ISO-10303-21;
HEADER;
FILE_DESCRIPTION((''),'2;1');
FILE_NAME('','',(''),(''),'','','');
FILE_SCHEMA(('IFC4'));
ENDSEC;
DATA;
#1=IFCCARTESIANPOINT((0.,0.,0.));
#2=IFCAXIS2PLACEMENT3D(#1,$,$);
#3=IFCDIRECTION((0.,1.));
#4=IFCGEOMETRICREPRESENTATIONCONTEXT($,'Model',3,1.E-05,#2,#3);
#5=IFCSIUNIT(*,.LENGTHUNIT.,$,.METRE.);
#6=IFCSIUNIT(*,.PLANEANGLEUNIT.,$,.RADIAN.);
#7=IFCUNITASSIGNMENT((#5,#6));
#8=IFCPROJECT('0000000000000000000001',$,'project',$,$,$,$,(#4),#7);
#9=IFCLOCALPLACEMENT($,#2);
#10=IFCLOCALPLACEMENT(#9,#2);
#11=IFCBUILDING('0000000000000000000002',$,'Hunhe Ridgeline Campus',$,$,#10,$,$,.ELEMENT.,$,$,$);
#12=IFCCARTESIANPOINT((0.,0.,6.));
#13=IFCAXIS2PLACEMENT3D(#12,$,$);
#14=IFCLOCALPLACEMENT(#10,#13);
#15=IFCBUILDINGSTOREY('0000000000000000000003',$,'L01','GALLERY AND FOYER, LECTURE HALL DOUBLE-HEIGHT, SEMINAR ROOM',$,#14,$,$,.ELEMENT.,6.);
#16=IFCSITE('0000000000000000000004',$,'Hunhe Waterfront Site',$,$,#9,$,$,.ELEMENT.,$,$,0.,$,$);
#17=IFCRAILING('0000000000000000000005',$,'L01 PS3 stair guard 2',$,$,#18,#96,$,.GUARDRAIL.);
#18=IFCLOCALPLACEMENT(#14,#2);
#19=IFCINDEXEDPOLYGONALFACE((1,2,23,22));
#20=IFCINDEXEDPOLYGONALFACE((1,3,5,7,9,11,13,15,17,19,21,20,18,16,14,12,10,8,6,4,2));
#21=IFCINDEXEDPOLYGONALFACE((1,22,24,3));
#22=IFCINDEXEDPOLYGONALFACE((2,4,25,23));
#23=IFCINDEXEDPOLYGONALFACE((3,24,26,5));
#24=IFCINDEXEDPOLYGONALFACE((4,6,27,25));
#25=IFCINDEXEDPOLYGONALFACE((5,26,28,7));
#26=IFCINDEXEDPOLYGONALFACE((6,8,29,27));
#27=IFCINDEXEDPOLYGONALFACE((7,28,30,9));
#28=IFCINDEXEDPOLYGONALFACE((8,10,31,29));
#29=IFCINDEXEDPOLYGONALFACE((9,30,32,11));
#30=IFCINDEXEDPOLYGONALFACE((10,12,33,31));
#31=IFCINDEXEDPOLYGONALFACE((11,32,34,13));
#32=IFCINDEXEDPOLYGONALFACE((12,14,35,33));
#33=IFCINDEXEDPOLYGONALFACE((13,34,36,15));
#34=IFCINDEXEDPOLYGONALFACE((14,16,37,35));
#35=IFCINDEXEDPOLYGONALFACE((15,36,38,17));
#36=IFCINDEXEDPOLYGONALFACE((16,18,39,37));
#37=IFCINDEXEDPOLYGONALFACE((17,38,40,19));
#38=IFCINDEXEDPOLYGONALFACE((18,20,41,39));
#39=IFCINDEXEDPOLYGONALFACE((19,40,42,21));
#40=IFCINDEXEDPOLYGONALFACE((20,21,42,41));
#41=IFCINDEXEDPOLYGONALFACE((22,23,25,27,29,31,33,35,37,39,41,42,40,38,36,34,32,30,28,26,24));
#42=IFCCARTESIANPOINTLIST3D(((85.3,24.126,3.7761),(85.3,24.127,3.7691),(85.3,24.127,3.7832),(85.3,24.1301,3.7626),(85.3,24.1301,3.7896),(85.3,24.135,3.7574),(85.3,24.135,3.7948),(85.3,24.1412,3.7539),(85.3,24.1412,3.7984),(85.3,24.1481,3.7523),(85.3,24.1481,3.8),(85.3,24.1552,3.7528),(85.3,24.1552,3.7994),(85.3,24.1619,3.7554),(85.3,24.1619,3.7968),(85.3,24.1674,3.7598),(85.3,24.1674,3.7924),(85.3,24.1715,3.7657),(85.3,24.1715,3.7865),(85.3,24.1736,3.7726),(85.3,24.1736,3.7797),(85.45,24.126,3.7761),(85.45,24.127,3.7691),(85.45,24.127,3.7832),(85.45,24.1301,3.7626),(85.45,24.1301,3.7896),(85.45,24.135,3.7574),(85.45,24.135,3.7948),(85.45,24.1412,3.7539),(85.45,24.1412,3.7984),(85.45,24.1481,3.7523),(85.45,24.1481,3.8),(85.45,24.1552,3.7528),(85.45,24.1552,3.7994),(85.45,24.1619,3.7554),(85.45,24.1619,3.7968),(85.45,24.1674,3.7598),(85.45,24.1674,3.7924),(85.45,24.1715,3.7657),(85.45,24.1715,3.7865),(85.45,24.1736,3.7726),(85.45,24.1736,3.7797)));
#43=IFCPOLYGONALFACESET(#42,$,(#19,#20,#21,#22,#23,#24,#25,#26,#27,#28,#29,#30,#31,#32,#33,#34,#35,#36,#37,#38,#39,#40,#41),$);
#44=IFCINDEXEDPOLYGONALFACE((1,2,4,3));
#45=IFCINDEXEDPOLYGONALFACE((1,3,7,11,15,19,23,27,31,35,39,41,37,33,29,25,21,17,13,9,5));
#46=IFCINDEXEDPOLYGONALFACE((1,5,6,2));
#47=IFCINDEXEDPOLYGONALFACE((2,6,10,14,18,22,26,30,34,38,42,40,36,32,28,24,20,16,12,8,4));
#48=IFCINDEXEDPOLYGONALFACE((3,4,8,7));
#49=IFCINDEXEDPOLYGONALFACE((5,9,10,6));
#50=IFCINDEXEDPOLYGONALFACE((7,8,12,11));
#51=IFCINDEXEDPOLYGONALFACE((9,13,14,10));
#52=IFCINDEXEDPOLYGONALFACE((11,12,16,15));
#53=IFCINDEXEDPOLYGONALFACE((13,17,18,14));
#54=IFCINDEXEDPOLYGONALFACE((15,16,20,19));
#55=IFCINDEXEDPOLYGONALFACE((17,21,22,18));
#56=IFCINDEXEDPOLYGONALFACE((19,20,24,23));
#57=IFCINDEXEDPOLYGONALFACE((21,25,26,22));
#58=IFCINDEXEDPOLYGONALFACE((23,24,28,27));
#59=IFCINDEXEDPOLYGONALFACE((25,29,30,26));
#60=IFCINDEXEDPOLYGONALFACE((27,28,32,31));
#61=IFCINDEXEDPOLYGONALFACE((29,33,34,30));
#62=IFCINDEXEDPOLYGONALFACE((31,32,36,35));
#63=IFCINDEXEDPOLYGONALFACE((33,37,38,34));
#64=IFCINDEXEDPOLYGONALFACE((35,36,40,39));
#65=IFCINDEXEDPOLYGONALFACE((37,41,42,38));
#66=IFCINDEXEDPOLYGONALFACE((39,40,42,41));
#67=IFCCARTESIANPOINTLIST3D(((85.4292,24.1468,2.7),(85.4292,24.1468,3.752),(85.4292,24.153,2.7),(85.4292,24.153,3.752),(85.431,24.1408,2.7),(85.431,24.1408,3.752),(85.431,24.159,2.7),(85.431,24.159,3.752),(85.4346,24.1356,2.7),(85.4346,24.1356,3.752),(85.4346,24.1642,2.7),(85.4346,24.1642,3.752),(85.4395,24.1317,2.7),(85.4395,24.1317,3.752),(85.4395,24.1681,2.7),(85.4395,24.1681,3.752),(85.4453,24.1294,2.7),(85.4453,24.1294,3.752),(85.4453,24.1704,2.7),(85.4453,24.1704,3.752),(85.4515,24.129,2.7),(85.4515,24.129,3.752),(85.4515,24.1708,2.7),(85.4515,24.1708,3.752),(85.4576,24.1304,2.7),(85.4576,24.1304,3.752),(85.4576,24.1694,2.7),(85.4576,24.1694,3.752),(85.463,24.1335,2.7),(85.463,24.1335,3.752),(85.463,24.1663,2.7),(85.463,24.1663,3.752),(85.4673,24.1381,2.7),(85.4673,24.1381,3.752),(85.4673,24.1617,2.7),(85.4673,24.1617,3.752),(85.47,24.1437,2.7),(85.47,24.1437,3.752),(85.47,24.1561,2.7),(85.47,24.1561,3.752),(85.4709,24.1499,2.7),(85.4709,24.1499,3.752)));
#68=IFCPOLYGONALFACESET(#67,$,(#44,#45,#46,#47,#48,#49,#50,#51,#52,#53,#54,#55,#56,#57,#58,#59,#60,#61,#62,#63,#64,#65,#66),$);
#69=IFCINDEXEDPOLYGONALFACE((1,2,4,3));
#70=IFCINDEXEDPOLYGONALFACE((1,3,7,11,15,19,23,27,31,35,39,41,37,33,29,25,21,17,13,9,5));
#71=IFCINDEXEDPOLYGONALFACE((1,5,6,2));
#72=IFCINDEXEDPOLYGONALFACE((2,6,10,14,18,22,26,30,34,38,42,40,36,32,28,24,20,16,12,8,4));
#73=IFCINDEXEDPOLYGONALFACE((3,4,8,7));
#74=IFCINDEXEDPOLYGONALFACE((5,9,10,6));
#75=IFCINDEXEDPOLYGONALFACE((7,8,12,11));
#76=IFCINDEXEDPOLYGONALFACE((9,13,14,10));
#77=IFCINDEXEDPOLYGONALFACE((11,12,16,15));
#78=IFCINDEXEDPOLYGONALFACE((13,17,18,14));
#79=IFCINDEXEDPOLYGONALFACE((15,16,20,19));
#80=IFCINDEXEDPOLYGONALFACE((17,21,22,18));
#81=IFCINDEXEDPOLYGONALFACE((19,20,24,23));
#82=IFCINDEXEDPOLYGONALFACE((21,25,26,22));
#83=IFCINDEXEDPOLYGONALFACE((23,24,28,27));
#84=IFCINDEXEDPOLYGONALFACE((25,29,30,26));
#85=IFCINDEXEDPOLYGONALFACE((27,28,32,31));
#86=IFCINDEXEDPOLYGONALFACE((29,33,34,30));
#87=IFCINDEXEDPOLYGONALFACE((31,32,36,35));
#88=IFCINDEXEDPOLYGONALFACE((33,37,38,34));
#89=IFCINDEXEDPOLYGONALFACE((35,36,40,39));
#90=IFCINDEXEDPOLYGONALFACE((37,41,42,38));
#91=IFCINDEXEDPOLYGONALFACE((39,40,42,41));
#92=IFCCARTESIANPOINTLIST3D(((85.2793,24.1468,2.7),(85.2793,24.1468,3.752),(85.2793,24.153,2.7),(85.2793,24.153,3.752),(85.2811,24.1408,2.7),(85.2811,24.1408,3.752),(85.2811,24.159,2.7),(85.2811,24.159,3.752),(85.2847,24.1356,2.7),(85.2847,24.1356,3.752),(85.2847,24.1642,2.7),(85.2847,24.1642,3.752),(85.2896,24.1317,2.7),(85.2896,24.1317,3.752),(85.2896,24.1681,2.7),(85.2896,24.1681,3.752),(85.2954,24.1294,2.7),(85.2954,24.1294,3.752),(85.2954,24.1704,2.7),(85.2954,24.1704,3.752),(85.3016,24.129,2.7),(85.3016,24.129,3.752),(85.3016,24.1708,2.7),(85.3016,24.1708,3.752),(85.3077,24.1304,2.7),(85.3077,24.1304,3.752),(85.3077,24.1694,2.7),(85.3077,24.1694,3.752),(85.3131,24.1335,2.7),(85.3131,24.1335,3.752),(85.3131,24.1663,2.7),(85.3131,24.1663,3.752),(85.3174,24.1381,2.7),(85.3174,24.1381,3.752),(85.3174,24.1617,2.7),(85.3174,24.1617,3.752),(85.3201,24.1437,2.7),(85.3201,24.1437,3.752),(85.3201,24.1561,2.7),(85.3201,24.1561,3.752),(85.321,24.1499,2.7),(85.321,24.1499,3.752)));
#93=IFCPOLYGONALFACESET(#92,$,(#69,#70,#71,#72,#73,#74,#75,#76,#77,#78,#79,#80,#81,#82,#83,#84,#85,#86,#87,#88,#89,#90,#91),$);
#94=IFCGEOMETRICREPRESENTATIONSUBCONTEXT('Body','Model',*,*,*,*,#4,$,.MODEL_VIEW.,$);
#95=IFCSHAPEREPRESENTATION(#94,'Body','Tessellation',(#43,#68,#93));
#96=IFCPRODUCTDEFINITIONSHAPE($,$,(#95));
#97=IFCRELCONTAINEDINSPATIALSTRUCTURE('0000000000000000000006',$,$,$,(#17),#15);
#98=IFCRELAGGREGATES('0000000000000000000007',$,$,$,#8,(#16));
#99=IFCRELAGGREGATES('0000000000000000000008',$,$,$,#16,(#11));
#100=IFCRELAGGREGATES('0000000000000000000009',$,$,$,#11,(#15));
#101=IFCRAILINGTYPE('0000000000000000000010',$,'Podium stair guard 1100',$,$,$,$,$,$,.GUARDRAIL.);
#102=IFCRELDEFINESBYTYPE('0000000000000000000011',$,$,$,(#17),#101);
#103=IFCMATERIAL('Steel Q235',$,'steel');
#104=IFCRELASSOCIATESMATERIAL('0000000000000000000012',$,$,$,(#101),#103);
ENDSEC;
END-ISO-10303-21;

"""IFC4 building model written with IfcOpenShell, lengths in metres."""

from ifc_helpers import new_model, si_unit, direction, frame, origin, origin_2d, place, context, subcontext, project, spatial, circle, extrude, material, type_object, element, save


model = new_model("IFC4")

# Units and contexts
model_context = context("Model", 3, precision=1e-05, world=origin(), true_north=direction((0.0, 1.0)))
body_context = subcontext(model_context, "Body", "Model", "MODEL_VIEW")
ifc_project = project(units=[si_unit("LENGTHUNIT", "METRE"), si_unit("PLANEANGLEUNIT", "RADIAN")], contexts=[model_context])

# Site, building, storey
site_placement = place(None, origin())
site = spatial("IfcSite", under=ifc_project, at=site_placement, Name="Hunhe Waterfront Site", CompositionType="ELEMENT", RefElevation=0.0)
building_placement = place(site_placement, origin())
building = spatial("IfcBuilding", under=site, at=building_placement, Name="Hunhe Ridgeline Campus", CompositionType="ELEMENT")
storey_placement = place(building_placement, frame((0.0, 0.0, 6.0)))
storey = spatial("IfcBuildingStorey", under=building, at=storey_placement, Name="L01", Description="GALLERY AND FOYER, LECTURE HALL DOUBLE-HEIGHT, SEMINAR ROOM", CompositionType="ELEMENT", Elevation=6.0)

# Shared definitions
ifc_material_1 = material(Name="Steel Q235", Category="steel")

# Railing
railing_type_1 = type_object("IfcRailingType", Name="Podium stair guard 1100", PredefinedType="GUARDRAIL", material=ifc_material_1)
railing_1_placement = place(storey_placement, frame((85.45, 24.1499, 2.7)))
element("IfcRailing", 1, at=railing_1_placement, inside=storey, type_object=railing_type_1, Name="L01 PS3 stair guard 2", PredefinedType="GUARDRAIL", context=body_context, shape_type="SweptSolid", body=[
    extrude(circle(Radius=0.0239, at=origin_2d()), frame((0.0, 0.0, 1.0762), z_axis=(-1.0, 0.0, 0.0), x_axis=(0.0, -1.0, 0.0)), (0.0, 0.0, 1.0), 0.1499),
    extrude(circle(Radius=0.021, at=origin_2d()), origin(), (0.0, 0.0, 1.0), 1.052),
    extrude(circle(Radius=0.021, at=origin_2d()), frame((-0.1499, 0.0, 0.0)), (0.0, 0.0, 1.0), 1.052),
])

save(model, "model.ifc")
